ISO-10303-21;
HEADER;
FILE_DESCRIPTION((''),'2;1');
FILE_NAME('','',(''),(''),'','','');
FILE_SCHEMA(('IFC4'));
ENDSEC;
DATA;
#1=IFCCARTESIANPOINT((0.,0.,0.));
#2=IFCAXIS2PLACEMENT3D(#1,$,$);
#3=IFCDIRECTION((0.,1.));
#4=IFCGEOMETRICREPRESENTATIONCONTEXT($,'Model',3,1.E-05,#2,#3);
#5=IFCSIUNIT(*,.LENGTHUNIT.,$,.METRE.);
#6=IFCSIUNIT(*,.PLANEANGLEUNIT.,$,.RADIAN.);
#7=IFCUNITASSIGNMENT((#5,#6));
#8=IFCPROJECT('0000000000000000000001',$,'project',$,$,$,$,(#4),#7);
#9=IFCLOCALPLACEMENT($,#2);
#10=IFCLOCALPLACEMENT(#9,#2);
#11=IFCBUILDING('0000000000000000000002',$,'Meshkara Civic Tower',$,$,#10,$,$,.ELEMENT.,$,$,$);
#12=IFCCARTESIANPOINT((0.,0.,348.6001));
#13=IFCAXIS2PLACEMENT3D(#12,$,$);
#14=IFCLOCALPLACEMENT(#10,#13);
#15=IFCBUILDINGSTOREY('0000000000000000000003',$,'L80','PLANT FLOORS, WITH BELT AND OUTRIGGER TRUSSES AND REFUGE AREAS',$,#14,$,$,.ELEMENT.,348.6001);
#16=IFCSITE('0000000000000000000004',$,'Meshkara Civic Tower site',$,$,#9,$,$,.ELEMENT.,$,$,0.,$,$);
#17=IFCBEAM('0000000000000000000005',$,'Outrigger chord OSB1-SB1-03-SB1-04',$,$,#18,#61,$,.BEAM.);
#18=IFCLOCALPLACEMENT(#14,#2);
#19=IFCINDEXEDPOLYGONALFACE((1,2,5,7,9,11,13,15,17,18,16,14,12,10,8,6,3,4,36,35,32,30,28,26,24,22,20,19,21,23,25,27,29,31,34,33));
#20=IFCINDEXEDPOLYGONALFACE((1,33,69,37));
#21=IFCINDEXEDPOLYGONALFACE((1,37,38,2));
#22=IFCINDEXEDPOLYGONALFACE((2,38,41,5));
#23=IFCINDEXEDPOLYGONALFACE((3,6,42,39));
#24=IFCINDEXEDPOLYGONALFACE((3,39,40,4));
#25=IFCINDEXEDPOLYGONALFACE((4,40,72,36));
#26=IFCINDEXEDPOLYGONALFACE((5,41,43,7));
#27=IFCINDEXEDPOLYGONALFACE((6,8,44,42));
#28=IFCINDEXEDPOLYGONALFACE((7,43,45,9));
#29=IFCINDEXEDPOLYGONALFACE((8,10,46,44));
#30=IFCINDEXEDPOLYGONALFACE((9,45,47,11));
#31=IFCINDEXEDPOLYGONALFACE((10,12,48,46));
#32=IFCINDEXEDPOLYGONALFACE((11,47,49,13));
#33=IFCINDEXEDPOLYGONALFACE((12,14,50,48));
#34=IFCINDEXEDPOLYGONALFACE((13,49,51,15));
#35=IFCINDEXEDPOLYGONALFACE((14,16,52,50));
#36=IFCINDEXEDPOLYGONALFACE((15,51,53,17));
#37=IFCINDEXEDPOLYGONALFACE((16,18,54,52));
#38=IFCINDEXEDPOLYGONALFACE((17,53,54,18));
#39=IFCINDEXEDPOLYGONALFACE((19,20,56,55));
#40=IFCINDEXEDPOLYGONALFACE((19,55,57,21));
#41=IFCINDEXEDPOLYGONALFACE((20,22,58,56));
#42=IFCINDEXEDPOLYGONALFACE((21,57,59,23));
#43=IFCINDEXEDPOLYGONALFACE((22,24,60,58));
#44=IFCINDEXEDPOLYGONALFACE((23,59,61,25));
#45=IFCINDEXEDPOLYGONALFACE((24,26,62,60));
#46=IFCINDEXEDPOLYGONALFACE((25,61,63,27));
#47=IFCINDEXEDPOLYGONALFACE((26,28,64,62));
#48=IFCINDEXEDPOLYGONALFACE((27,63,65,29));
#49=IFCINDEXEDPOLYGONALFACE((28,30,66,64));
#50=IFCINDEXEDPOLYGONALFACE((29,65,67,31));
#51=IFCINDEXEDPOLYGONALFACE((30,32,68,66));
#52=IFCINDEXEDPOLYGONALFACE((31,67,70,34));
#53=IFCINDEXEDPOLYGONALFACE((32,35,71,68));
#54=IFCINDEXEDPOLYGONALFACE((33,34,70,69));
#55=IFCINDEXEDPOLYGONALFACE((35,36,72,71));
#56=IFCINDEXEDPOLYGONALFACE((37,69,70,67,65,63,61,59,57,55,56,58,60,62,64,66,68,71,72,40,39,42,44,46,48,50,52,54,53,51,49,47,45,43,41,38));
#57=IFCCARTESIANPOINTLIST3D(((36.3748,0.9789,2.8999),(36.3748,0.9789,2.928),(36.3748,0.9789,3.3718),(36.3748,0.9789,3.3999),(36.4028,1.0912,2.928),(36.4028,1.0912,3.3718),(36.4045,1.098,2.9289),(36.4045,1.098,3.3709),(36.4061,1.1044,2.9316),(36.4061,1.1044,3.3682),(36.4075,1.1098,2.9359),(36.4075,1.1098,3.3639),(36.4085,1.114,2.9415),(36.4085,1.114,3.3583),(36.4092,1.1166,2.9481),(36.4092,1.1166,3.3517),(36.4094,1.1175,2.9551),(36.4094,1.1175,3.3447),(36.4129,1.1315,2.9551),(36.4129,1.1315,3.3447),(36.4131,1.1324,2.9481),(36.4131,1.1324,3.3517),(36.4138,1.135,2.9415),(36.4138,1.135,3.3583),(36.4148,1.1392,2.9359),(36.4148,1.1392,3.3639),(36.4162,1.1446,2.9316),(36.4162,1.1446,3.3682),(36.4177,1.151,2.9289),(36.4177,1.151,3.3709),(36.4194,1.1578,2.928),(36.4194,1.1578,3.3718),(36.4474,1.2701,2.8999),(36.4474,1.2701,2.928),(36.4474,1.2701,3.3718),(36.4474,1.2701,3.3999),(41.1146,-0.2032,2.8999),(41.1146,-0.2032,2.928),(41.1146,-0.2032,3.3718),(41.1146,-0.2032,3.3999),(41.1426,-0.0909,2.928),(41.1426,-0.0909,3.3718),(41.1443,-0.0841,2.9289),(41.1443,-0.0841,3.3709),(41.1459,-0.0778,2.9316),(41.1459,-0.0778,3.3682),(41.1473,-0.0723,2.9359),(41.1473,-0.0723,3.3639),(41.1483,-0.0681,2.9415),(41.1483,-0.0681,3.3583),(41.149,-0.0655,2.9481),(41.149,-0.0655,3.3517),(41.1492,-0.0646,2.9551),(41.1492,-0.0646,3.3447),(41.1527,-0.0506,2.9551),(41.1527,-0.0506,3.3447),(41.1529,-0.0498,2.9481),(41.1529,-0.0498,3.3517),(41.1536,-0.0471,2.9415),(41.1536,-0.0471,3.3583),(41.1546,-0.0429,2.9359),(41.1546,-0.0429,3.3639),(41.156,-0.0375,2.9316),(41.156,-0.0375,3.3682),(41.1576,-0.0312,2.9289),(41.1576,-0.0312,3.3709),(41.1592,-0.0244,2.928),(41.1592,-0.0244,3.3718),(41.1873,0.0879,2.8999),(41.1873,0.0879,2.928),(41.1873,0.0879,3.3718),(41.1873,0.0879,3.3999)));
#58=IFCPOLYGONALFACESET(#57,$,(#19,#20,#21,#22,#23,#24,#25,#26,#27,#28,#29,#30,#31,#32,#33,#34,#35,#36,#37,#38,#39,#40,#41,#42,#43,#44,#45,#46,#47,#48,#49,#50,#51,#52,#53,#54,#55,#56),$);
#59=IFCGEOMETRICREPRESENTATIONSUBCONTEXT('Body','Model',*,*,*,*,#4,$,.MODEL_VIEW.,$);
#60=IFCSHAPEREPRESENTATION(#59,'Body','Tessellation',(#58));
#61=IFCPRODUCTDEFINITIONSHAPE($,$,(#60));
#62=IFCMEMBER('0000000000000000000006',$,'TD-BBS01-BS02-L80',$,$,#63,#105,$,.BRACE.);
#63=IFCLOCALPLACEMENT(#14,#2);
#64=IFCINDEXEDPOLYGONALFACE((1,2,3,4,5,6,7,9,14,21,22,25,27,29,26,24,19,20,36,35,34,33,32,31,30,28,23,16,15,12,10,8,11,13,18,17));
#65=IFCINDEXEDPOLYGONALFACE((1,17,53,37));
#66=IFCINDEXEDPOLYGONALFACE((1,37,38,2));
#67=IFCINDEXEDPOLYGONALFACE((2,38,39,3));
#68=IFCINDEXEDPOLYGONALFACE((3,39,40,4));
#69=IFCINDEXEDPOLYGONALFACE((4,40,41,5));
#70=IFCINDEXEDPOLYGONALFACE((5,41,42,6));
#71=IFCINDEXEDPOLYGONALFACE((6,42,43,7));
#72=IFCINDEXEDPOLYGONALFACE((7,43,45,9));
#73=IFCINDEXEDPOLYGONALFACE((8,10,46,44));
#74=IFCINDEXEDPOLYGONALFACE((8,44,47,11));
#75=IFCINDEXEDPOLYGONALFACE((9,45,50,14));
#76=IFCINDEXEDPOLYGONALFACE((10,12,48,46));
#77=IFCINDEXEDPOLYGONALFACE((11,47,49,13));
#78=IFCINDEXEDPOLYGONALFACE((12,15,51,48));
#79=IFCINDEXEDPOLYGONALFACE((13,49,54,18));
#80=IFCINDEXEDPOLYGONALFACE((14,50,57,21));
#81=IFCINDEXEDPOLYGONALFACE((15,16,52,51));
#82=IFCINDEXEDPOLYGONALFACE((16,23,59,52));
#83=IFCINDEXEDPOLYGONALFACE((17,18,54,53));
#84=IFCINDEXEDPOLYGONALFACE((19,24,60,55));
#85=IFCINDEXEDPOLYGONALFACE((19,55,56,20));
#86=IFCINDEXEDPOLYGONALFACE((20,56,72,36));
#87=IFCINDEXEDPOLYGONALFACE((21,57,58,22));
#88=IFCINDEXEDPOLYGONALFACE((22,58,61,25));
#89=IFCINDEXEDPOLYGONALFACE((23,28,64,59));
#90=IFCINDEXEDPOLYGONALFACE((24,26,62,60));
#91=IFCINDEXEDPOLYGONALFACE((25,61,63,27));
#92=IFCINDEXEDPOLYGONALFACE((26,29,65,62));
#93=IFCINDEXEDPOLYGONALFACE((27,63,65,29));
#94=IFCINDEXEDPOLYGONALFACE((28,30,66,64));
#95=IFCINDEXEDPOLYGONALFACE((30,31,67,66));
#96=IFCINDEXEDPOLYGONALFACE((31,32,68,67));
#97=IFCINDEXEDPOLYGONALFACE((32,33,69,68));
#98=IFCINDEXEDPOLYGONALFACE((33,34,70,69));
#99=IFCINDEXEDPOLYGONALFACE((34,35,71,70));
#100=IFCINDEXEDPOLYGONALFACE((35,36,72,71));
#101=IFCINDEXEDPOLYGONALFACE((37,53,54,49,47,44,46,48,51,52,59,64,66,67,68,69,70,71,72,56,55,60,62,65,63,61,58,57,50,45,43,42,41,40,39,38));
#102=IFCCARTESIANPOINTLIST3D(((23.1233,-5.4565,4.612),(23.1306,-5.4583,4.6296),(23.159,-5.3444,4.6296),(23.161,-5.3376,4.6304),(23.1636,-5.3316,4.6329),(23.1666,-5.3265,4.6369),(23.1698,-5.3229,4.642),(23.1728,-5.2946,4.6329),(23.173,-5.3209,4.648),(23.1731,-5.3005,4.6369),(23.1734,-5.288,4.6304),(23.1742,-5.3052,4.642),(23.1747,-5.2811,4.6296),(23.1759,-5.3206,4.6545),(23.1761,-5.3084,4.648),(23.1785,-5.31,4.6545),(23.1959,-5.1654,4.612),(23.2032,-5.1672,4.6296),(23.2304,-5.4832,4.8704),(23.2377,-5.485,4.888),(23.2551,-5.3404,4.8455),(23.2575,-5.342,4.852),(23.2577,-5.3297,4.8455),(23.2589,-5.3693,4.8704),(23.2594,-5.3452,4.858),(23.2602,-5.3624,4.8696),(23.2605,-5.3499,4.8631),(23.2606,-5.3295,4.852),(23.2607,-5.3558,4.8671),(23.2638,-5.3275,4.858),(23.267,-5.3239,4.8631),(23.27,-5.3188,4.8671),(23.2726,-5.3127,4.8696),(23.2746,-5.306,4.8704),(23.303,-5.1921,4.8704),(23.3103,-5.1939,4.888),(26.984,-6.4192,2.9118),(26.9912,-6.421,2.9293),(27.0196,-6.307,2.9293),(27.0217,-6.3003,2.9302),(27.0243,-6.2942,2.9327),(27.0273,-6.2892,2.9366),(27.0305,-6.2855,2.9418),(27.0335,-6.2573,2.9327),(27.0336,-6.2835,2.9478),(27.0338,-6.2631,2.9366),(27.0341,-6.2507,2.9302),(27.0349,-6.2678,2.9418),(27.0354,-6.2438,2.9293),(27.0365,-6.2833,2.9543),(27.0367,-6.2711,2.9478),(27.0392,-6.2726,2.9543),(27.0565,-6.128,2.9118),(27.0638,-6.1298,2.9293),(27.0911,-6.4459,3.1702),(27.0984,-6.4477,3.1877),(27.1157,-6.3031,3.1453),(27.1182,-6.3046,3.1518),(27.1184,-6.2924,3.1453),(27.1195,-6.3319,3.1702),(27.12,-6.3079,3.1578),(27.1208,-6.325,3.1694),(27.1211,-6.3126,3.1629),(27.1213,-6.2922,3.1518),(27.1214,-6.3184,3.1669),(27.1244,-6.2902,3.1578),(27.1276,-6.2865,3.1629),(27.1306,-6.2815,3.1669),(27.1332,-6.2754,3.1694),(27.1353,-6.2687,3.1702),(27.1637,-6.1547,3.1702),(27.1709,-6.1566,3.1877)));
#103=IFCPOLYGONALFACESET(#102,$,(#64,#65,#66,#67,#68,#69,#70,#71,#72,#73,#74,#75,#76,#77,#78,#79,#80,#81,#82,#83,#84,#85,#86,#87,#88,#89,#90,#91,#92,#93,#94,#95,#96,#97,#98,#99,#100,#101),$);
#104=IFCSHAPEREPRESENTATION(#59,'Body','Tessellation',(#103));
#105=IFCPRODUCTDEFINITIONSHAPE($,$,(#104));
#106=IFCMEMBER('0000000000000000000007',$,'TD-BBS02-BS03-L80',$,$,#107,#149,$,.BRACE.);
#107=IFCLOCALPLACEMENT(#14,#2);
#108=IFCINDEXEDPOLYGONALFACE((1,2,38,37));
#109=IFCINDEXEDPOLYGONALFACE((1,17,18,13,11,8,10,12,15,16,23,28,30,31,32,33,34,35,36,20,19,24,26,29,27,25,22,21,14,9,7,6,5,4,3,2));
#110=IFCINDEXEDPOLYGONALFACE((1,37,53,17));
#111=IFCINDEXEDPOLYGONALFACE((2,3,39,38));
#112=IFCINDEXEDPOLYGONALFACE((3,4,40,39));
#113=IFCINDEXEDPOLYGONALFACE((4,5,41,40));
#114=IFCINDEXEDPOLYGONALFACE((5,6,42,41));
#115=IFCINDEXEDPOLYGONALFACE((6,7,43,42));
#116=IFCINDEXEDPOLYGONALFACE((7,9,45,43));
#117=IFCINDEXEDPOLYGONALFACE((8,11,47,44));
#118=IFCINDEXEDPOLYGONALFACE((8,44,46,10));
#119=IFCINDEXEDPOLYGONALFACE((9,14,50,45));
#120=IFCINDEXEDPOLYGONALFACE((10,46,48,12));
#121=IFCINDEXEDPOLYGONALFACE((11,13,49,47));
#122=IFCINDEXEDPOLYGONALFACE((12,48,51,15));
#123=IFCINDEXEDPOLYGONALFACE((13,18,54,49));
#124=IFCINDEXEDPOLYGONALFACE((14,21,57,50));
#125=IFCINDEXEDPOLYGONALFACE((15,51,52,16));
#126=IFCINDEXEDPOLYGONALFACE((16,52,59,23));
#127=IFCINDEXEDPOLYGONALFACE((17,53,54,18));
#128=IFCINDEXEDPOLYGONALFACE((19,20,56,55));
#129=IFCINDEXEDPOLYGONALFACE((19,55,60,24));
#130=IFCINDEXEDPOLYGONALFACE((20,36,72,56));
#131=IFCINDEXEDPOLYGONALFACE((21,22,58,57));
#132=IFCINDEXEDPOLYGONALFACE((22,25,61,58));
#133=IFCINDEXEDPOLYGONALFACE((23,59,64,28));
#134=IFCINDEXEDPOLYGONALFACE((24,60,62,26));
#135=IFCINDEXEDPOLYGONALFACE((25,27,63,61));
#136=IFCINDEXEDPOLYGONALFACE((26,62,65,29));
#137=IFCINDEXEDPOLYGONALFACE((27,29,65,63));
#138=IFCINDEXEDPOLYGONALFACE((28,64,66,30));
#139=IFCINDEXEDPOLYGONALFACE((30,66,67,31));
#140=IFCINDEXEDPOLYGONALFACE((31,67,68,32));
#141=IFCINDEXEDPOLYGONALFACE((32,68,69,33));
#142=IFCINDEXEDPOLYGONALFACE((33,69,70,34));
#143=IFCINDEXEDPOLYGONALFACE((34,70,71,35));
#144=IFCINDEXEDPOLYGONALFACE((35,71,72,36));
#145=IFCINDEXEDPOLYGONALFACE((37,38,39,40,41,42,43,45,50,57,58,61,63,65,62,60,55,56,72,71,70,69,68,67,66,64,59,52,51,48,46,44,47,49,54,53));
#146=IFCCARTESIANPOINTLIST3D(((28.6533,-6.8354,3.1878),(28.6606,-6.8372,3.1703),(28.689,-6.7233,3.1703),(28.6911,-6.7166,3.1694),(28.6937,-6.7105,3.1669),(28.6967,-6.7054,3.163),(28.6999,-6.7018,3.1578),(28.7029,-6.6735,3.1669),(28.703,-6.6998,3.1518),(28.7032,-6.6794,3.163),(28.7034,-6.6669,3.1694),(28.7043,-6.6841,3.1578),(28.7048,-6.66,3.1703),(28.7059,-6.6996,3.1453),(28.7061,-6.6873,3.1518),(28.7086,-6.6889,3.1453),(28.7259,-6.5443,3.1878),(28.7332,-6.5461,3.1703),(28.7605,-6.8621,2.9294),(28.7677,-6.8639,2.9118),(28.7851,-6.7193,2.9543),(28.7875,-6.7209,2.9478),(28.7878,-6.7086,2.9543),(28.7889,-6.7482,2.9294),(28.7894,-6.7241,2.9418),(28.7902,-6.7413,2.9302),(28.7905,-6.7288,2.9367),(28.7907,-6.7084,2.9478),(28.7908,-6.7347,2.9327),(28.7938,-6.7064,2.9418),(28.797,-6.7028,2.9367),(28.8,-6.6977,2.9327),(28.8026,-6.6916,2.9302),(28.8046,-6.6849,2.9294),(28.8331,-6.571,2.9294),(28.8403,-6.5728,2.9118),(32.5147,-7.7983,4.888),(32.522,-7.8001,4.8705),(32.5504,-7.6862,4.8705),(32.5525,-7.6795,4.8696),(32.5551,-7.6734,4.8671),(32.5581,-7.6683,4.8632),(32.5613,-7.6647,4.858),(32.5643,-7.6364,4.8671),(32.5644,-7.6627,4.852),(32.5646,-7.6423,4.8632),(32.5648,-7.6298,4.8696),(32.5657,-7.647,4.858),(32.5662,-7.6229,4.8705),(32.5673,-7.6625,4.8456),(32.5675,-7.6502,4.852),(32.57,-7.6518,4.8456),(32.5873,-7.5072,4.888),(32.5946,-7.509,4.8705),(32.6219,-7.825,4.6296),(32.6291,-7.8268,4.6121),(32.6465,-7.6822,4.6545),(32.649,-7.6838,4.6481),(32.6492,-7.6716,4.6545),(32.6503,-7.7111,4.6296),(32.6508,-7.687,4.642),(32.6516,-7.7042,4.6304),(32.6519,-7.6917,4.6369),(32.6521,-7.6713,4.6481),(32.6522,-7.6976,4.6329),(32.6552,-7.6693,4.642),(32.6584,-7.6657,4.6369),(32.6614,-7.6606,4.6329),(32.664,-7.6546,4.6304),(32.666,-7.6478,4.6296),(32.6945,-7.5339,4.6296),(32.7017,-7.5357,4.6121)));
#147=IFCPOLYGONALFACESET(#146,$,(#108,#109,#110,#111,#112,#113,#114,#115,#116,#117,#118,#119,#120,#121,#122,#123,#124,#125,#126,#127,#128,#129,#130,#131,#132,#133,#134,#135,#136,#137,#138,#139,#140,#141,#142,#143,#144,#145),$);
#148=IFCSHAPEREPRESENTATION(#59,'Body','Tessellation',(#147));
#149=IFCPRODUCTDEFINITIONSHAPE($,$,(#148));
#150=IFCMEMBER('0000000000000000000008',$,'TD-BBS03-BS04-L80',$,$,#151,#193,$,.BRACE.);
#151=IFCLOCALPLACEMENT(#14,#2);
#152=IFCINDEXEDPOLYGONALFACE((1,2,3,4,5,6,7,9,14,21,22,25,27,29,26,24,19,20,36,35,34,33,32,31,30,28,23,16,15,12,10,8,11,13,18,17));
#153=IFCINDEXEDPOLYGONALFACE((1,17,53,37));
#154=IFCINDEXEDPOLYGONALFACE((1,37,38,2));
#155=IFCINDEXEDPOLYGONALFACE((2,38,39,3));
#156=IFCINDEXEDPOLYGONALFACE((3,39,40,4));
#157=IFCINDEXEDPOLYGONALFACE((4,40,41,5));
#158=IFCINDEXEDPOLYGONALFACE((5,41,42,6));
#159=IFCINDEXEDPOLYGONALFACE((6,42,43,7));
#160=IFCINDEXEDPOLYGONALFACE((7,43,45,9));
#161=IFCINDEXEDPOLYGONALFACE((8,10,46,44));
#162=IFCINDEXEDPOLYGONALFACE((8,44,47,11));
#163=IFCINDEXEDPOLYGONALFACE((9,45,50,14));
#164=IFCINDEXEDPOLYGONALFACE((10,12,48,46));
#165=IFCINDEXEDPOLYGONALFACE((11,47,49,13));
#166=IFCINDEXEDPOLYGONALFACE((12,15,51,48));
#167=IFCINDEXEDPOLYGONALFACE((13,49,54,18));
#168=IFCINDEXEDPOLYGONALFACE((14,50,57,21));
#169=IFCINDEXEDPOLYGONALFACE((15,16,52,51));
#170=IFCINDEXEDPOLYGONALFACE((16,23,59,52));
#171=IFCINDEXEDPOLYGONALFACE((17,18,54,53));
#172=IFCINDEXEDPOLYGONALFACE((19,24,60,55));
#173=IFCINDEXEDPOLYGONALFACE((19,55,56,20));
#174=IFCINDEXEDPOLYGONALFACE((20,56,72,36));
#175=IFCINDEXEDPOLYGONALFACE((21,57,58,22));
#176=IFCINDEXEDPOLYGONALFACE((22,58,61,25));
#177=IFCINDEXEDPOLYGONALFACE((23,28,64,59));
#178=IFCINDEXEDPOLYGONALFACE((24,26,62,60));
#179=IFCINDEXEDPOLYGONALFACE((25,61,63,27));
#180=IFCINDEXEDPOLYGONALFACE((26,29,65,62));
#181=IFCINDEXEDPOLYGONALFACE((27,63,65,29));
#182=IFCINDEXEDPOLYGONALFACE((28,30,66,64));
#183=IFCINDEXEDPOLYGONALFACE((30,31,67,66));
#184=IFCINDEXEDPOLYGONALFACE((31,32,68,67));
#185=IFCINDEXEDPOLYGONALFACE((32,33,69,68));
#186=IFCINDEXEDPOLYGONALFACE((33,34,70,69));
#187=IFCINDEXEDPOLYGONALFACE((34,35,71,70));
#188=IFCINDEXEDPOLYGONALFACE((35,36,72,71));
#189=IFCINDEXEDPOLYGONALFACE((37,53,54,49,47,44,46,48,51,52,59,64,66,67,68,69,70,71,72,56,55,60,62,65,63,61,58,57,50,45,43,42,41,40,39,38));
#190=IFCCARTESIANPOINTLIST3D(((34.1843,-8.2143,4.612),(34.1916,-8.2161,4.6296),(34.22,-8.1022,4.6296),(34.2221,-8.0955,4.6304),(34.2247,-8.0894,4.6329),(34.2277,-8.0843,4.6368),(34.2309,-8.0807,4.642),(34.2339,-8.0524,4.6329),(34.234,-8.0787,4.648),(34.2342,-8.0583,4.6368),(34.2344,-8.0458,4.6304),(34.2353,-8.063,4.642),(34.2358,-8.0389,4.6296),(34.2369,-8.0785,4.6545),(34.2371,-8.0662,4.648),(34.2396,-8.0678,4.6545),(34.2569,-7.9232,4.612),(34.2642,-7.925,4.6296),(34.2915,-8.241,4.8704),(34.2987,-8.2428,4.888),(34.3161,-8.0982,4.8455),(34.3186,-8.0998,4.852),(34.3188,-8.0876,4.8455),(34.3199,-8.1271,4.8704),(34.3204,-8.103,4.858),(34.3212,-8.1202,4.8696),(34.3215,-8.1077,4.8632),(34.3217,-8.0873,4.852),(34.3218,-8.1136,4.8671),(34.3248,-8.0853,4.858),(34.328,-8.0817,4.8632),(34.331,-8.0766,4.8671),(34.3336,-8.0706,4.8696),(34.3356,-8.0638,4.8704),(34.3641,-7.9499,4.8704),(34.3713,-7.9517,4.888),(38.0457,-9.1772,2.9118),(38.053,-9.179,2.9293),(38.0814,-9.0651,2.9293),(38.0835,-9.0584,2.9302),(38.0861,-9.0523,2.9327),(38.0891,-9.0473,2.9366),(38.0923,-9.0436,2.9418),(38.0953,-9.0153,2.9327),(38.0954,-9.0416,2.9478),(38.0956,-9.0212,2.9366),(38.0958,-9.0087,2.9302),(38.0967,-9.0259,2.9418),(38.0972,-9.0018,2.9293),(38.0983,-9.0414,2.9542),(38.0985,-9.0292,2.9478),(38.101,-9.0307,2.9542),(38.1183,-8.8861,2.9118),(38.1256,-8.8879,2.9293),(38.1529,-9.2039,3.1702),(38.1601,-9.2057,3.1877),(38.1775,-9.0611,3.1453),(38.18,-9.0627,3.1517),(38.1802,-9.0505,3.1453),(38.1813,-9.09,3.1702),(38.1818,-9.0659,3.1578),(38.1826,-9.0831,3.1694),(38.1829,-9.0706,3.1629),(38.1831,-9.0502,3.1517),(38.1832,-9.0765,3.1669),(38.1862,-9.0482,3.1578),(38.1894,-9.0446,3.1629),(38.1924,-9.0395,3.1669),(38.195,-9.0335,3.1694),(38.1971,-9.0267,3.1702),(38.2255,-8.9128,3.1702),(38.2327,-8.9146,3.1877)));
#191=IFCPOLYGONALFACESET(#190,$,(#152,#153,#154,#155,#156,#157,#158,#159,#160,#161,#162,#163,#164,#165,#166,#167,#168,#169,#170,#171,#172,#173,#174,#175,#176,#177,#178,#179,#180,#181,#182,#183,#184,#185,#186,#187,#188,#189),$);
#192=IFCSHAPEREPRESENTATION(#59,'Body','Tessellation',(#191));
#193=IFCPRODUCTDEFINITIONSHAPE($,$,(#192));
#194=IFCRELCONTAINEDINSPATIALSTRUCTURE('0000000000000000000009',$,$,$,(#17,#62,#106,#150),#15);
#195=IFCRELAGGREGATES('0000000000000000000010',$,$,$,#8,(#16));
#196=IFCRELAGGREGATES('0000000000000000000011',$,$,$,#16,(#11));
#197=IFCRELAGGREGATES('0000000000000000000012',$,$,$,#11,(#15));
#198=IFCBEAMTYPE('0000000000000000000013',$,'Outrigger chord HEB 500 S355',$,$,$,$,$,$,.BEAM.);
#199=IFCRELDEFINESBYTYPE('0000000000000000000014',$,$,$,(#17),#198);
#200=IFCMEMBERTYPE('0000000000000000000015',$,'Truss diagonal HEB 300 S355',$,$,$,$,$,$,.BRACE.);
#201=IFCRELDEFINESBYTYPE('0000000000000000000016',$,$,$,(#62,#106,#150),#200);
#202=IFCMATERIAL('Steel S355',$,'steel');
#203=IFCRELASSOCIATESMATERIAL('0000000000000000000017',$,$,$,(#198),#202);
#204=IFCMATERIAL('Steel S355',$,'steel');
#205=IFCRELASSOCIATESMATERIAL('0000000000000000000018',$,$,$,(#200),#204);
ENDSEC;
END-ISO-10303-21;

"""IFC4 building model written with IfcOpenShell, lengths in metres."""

from ifc_helpers import new_model, si_unit, direction, frame, origin, origin_2d, place, context, subcontext, project, spatial, i_section, extrude, material, material_profile, profile_set, type_object, element, save


model = new_model("IFC4")

# Units and contexts
model_context = context("Model", 3, precision=1e-05, world=origin(), true_north=direction((0.0, 1.0)))
body_context = subcontext(model_context, "Body", "Model", "MODEL_VIEW")
ifc_project = project(units=[si_unit("LENGTHUNIT", "METRE"), si_unit("PLANEANGLEUNIT", "RADIAN")], contexts=[model_context])

# Site, building, storey
site_placement = place(None, origin())
site = spatial("IfcSite", under=ifc_project, at=site_placement, Name="Meshkara Civic Tower site", CompositionType="ELEMENT", RefElevation=0.0)
building_placement = place(site_placement, origin())
building = spatial("IfcBuilding", under=site, at=building_placement, Name="Meshkara Civic Tower", CompositionType="ELEMENT")
storey_placement = place(building_placement, frame((0.0, 0.0, 348.6001)))
storey = spatial("IfcBuildingStorey", under=building, at=storey_placement, Name="L80", Description="PLANT FLOORS, WITH BELT AND OUTRIGGER TRUSSES AND REFUGE AREAS", CompositionType="ELEMENT", Elevation=348.6001)

# Beam
ifc_material_1 = material(Name="Steel S355", Category="steel")
ifc_material_profile_1 = material_profile(ifc_material_1, i_section(OverallWidth=0.3, OverallDepth=0.5, WebThickness=0.0144, FlangeThickness=0.0281, FilletRadius=0.0271, at=origin_2d()))
ifc_profile_set_1 = profile_set([ifc_material_profile_1], Name="Steel S355")
beam_type_1 = type_object("IfcBeamType", Name="Outrigger chord HEB 500 S355", PredefinedType="BEAM", material=ifc_profile_set_1)
for number, where, z_axis, x_axis, name in (
    (1, (36.4111, 1.1245, 3.1499), (0.970278, -0.241995, 0.0), (0.241995, 0.970278, 0.0), "Outrigger chord OSB1-SB1-03-SB1-04"),
):
    element("IfcBeam", number, at=place(storey_placement, frame(where, z_axis=z_axis, x_axis=x_axis)), inside=storey, type_object=beam_type_1, Name=name, PredefinedType="BEAM", context=body_context, shape_type="SweptSolid", body=[
        extrude(i_section(OverallWidth=0.3, OverallDepth=0.5, WebThickness=0.0144, FlangeThickness=0.0281, FilletRadius=0.0271, at=origin_2d()), origin(), (0.0, 0.0, 1.0), 4.885),
    ])

# Members
ifc_material_2 = material(Name="Steel S355", Category="steel")
ifc_material_profile_2 = material_profile(ifc_material_2, i_section(OverallWidth=0.3, OverallDepth=0.3, WebThickness=0.011, FlangeThickness=0.019, FilletRadius=0.0271, at=origin_2d()))
ifc_profile_set_2 = profile_set([ifc_material_profile_2], Name="Steel S355")
member_type = type_object("IfcMemberType", Name="Truss diagonal HEB 300 S355", PredefinedType="BRACE", material=ifc_profile_set_2)
member_1_placement = place(storey_placement, frame((23.2168, -5.3252, 4.75), z_axis=(0.892244, -0.222483, -0.392941), x_axis=(0.241944, 0.97029, 0.0)))
element("IfcMember", 2, at=member_1_placement, inside=storey, type_object=member_type, Name="TD-BBS01-BS02-L80", PredefinedType="BRACE", context=body_context, shape_type="SweptSolid", body=[
    extrude(i_section(OverallWidth=0.3, OverallDepth=0.3, WebThickness=0.011, FlangeThickness=0.019, FilletRadius=0.0271, at=origin_2d()), origin(), (0.0, 0.0, 1.0), 4.3269),
])
for number, where, z_axis, x_axis, name in (
    (3, (28.7468, -6.7041, 3.0498), (0.892267, -0.222503, 0.392877), (0.241958, 0.970287, 0.0), "TD-BBS02-BS03-L80"),
    (4, (34.2778, -8.083, 4.75), (0.892267, -0.222503, -0.392877), (0.241958, 0.970287, 0.0), "TD-BBS03-BS04-L80"),
):
    element("IfcMember", number, at=place(storey_placement, frame(where, z_axis=z_axis, x_axis=x_axis)), inside=storey, type_object=member_type, Name=name, PredefinedType="BRACE", context=body_context, shape_type="SweptSolid", body=[
        extrude(i_section(OverallWidth=0.3, OverallDepth=0.3, WebThickness=0.011, FlangeThickness=0.019, FilletRadius=0.0271, at=origin_2d()), origin(), (0.0, 0.0, 1.0), 4.3276),
    ])

save(model, "model.ifc")
